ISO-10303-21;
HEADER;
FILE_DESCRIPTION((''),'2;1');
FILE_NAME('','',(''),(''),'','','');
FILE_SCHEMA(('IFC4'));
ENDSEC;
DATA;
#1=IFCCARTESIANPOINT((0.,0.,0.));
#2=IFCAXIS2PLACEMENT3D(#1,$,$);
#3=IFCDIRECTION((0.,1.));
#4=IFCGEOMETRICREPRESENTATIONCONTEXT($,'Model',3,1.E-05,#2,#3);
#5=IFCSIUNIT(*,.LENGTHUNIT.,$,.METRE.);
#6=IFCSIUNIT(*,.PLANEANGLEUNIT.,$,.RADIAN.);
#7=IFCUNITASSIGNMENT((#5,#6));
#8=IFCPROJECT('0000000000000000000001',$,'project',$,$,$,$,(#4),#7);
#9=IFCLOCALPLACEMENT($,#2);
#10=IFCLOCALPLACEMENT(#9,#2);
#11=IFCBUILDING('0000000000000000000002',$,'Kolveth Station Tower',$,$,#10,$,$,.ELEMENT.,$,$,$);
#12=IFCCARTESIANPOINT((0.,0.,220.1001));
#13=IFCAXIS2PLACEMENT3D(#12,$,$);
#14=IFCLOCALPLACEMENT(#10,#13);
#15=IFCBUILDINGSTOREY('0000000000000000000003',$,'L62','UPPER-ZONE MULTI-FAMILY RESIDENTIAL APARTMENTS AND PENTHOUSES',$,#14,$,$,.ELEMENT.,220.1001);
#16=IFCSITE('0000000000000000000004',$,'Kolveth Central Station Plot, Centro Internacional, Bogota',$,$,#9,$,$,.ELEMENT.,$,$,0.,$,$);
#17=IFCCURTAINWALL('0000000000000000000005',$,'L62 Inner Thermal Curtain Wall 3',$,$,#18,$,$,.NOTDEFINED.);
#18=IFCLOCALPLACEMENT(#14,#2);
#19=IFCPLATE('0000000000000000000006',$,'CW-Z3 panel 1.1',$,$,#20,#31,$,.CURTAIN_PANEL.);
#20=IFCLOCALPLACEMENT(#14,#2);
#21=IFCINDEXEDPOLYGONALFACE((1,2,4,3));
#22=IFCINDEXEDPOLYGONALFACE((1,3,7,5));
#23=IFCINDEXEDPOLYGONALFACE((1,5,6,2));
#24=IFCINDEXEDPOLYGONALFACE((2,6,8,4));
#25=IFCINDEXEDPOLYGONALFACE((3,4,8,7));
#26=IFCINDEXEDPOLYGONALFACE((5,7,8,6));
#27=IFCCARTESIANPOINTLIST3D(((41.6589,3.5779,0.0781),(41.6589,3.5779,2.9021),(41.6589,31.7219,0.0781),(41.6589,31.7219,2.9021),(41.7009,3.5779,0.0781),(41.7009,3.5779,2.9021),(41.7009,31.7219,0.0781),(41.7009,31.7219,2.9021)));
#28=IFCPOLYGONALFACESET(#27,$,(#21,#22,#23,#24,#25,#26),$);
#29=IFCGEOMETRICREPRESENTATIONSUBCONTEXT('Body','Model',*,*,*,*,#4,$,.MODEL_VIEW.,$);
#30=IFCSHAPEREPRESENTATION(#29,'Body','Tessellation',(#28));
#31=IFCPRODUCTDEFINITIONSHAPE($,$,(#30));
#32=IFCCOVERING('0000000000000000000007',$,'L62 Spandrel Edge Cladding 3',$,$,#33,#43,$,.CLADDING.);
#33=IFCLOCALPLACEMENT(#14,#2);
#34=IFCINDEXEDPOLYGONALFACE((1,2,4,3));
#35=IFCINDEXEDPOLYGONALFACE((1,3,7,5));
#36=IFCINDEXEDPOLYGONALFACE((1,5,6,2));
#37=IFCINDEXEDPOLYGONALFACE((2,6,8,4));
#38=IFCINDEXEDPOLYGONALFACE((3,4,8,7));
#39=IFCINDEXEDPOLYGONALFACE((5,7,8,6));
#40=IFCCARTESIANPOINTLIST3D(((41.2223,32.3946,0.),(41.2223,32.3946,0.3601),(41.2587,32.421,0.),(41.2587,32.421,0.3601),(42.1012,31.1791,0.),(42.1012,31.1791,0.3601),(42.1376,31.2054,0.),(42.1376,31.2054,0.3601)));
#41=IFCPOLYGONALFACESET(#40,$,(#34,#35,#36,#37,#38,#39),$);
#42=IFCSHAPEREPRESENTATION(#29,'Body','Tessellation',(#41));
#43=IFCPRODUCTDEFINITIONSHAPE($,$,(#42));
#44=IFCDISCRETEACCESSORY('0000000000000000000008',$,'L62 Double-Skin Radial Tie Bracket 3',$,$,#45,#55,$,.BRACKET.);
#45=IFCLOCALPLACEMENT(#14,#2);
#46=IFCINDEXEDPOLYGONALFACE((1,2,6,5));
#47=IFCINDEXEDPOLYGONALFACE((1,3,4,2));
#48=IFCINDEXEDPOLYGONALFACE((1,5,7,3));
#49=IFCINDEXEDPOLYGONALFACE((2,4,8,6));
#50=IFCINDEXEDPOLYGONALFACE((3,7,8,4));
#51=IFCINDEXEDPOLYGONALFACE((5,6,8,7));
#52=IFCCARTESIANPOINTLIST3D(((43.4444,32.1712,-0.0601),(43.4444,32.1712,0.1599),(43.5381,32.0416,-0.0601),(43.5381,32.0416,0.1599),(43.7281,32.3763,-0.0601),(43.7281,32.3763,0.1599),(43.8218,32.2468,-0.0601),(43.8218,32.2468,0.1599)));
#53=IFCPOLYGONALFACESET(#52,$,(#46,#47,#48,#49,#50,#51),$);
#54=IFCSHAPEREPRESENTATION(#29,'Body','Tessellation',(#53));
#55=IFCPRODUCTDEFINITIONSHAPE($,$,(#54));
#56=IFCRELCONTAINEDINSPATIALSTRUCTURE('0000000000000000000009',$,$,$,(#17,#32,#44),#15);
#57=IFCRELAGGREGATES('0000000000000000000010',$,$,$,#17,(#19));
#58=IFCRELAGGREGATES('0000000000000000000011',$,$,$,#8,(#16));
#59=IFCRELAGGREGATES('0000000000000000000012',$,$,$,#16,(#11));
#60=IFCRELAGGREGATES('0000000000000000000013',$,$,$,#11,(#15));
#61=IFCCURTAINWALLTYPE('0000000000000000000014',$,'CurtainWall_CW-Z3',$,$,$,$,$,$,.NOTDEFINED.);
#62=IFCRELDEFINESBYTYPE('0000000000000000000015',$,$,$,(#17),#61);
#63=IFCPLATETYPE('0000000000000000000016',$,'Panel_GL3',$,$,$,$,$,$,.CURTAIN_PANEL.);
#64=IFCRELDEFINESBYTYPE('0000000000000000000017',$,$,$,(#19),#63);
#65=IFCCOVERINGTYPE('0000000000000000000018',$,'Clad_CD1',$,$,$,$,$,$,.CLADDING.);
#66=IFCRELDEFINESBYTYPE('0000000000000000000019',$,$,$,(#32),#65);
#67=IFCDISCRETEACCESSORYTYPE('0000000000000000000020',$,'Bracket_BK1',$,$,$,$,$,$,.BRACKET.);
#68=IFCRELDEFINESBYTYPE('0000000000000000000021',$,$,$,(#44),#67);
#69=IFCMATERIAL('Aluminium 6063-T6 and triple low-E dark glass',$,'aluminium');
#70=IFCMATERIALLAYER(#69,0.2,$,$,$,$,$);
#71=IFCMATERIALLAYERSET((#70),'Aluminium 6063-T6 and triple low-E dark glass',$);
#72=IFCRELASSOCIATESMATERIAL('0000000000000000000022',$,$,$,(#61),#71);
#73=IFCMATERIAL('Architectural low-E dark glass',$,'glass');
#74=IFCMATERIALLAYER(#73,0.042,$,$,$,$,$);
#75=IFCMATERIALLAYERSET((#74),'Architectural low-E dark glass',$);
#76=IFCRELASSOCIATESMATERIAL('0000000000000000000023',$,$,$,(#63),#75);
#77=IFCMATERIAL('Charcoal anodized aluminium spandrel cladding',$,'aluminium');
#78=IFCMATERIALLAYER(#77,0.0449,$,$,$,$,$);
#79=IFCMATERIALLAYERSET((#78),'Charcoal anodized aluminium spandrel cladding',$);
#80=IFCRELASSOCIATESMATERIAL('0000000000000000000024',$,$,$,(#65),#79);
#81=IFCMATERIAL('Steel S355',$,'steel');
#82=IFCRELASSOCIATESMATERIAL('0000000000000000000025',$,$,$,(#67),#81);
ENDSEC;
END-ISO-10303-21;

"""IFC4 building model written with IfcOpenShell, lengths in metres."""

from ifc_helpers import new_model, si_unit, direction, frame, origin, origin_2d, place, context, subcontext, project, spatial, rectangle, extrude, source, transform, mapped, material, layer, layer_set, type_object, element, aggregate, save


model = new_model("IFC4")

# Units and contexts
model_context = context("Model", 3, precision=1e-05, world=origin(), true_north=direction((0.0, 1.0)))
body_context = subcontext(model_context, "Body", "Model", "MODEL_VIEW")
ifc_project = project(units=[si_unit("LENGTHUNIT", "METRE"), si_unit("PLANEANGLEUNIT", "RADIAN")], contexts=[model_context])

# Site, building, storey
site_placement = place(None, origin())
site = spatial("IfcSite", under=ifc_project, at=site_placement, Name="Kolveth Central Station Plot, Centro Internacional, Bogota", CompositionType="ELEMENT", RefElevation=0.0)
building_placement = place(site_placement, origin())
building = spatial("IfcBuilding", under=site, at=building_placement, Name="Kolveth Station Tower", CompositionType="ELEMENT")
storey_placement = place(building_placement, frame((0.0, 0.0, 220.1001)))
storey = spatial("IfcBuildingStorey", under=building, at=storey_placement, Name="L62", Description="UPPER-ZONE MULTI-FAMILY RESIDENTIAL APARTMENTS AND PENTHOUSES", CompositionType="ELEMENT", Elevation=220.1001)

# Shared definitions
ifc_material_1 = material(Name="Steel S355", Category="steel")

# Curtain wall
ifc_material_2 = material(Name="Aluminium 6063-T6 and triple low-E dark glass", Category="aluminium")
ifc_layer_1 = layer(ifc_material_2, 0.2)
ifc_layer_set_1 = layer_set([ifc_layer_1], Name="Aluminium 6063-T6 and triple low-E dark glass")
curtain_wall_type_1 = type_object("IfcCurtainWallType", Name="CurtainWall_CW-Z3", PredefinedType="NOTDEFINED", material=ifc_layer_set_1)
curtain_wall_1_placement = place(storey_placement, origin())
curtain_wall_1 = element("IfcCurtainWall", 1, at=curtain_wall_1_placement, inside=storey, type_object=curtain_wall_type_1, Name="L62 Inner Thermal Curtain Wall 3", PredefinedType="NOTDEFINED")

# Plate
ifc_material_3 = material(Name="Architectural low-E dark glass", Category="glass")
ifc_layer_2 = layer(ifc_material_3, 0.042)
ifc_layer_set_2 = layer_set([ifc_layer_2], Name="Architectural low-E dark glass")
plate_type = type_object("IfcPlateType", Name="Panel_GL3", PredefinedType="CURTAIN_PANEL", material=ifc_layer_set_2)
shared_shape_1 = source(origin(), body_context, "Body", "SweptSolid", [
    extrude(rectangle(XDim=28.144, YDim=0.042, at=origin_2d()), origin(), (0.0, 0.0, 1.0), 2.824),
])
plate_placement = place(storey_placement, frame((41.6799, 17.6499, 0.0781), z_axis=(0.0, 0.0, 1.0), x_axis=(0.0, 1.0, 0.0)))
plate = element("IfcPlate", 2, at=plate_placement, type_object=plate_type, Name="CW-Z3 panel 1.1", PredefinedType="CURTAIN_PANEL", context=body_context, shape_type="MappedRepresentation", body=[
    mapped(shared_shape_1, transform((0.0, 0.0, 0.0), x_axis=(1.0, 0.0, 0.0), y_axis=(0.0, 1.0, 0.0), z_axis=(0.0, 0.0, 1.0), scale=1.0)),
])
aggregate(curtain_wall_1, [plate])

# Covering
ifc_material_4 = material(Name="Charcoal anodized aluminium spandrel cladding", Category="aluminium")
ifc_layer_3 = layer(ifc_material_4, 0.0449)
ifc_layer_set_3 = layer_set([ifc_layer_3], Name="Charcoal anodized aluminium spandrel cladding")
covering_type = type_object("IfcCoveringType", Name="Clad_CD1", PredefinedType="CLADDING", material=ifc_layer_set_3)
shared_shape_2 = source(origin(), body_context, "Body", "SweptSolid", [
    extrude(rectangle(XDim=1.5, YDim=0.0449, at=origin_2d()), origin(), (0.0, 0.0, 1.0), 0.3601),
])
covering_placement = place(storey_placement, frame((41.6799, 31.8, 0.0), z_axis=(0.0, 0.0, 1.0), x_axis=(-0.585948, 0.810349, 0.0)))
element("IfcCovering", 3, at=covering_placement, inside=storey, type_object=covering_type, Name="L62 Spandrel Edge Cladding 3", PredefinedType="CLADDING", context=body_context, shape_type="MappedRepresentation", body=[
    mapped(shared_shape_2, transform((0.0, 0.0, 0.0), x_axis=(1.0, 0.0, 0.0), y_axis=(0.0, 1.0, 0.0), z_axis=(0.0, 0.0, 1.0), scale=1.0)),
])

# Discrete accessory
discrete_accessory_type = type_object("IfcDiscreteAccessoryType", Name="Bracket_BK1", PredefinedType="BRACKET", material=ifc_material_1)
shared_shape_3 = source(origin(), body_context, "Body", "SweptSolid", [
    extrude(rectangle(XDim=0.3501, YDim=0.1599, at=origin_2d()), origin(), (0.0, 0.0, 1.0), 0.22),
])
discrete_accessory_placement = place(storey_placement, frame((43.6331, 32.209, -0.0601), z_axis=(0.0, 0.0, 1.0), x_axis=(0.810349, 0.585948, 0.0)))
element("IfcDiscreteAccessory", 4, at=discrete_accessory_placement, inside=storey, type_object=discrete_accessory_type, Name="L62 Double-Skin Radial Tie Bracket 3", PredefinedType="BRACKET", context=body_context, shape_type="MappedRepresentation", body=[
    mapped(shared_shape_3, transform((0.0, 0.0, 0.0), x_axis=(1.0, 0.0, 0.0), y_axis=(0.0, 1.0, 0.0), z_axis=(0.0, 0.0, 1.0), scale=1.0)),
])

save(model, "model.ifc")
